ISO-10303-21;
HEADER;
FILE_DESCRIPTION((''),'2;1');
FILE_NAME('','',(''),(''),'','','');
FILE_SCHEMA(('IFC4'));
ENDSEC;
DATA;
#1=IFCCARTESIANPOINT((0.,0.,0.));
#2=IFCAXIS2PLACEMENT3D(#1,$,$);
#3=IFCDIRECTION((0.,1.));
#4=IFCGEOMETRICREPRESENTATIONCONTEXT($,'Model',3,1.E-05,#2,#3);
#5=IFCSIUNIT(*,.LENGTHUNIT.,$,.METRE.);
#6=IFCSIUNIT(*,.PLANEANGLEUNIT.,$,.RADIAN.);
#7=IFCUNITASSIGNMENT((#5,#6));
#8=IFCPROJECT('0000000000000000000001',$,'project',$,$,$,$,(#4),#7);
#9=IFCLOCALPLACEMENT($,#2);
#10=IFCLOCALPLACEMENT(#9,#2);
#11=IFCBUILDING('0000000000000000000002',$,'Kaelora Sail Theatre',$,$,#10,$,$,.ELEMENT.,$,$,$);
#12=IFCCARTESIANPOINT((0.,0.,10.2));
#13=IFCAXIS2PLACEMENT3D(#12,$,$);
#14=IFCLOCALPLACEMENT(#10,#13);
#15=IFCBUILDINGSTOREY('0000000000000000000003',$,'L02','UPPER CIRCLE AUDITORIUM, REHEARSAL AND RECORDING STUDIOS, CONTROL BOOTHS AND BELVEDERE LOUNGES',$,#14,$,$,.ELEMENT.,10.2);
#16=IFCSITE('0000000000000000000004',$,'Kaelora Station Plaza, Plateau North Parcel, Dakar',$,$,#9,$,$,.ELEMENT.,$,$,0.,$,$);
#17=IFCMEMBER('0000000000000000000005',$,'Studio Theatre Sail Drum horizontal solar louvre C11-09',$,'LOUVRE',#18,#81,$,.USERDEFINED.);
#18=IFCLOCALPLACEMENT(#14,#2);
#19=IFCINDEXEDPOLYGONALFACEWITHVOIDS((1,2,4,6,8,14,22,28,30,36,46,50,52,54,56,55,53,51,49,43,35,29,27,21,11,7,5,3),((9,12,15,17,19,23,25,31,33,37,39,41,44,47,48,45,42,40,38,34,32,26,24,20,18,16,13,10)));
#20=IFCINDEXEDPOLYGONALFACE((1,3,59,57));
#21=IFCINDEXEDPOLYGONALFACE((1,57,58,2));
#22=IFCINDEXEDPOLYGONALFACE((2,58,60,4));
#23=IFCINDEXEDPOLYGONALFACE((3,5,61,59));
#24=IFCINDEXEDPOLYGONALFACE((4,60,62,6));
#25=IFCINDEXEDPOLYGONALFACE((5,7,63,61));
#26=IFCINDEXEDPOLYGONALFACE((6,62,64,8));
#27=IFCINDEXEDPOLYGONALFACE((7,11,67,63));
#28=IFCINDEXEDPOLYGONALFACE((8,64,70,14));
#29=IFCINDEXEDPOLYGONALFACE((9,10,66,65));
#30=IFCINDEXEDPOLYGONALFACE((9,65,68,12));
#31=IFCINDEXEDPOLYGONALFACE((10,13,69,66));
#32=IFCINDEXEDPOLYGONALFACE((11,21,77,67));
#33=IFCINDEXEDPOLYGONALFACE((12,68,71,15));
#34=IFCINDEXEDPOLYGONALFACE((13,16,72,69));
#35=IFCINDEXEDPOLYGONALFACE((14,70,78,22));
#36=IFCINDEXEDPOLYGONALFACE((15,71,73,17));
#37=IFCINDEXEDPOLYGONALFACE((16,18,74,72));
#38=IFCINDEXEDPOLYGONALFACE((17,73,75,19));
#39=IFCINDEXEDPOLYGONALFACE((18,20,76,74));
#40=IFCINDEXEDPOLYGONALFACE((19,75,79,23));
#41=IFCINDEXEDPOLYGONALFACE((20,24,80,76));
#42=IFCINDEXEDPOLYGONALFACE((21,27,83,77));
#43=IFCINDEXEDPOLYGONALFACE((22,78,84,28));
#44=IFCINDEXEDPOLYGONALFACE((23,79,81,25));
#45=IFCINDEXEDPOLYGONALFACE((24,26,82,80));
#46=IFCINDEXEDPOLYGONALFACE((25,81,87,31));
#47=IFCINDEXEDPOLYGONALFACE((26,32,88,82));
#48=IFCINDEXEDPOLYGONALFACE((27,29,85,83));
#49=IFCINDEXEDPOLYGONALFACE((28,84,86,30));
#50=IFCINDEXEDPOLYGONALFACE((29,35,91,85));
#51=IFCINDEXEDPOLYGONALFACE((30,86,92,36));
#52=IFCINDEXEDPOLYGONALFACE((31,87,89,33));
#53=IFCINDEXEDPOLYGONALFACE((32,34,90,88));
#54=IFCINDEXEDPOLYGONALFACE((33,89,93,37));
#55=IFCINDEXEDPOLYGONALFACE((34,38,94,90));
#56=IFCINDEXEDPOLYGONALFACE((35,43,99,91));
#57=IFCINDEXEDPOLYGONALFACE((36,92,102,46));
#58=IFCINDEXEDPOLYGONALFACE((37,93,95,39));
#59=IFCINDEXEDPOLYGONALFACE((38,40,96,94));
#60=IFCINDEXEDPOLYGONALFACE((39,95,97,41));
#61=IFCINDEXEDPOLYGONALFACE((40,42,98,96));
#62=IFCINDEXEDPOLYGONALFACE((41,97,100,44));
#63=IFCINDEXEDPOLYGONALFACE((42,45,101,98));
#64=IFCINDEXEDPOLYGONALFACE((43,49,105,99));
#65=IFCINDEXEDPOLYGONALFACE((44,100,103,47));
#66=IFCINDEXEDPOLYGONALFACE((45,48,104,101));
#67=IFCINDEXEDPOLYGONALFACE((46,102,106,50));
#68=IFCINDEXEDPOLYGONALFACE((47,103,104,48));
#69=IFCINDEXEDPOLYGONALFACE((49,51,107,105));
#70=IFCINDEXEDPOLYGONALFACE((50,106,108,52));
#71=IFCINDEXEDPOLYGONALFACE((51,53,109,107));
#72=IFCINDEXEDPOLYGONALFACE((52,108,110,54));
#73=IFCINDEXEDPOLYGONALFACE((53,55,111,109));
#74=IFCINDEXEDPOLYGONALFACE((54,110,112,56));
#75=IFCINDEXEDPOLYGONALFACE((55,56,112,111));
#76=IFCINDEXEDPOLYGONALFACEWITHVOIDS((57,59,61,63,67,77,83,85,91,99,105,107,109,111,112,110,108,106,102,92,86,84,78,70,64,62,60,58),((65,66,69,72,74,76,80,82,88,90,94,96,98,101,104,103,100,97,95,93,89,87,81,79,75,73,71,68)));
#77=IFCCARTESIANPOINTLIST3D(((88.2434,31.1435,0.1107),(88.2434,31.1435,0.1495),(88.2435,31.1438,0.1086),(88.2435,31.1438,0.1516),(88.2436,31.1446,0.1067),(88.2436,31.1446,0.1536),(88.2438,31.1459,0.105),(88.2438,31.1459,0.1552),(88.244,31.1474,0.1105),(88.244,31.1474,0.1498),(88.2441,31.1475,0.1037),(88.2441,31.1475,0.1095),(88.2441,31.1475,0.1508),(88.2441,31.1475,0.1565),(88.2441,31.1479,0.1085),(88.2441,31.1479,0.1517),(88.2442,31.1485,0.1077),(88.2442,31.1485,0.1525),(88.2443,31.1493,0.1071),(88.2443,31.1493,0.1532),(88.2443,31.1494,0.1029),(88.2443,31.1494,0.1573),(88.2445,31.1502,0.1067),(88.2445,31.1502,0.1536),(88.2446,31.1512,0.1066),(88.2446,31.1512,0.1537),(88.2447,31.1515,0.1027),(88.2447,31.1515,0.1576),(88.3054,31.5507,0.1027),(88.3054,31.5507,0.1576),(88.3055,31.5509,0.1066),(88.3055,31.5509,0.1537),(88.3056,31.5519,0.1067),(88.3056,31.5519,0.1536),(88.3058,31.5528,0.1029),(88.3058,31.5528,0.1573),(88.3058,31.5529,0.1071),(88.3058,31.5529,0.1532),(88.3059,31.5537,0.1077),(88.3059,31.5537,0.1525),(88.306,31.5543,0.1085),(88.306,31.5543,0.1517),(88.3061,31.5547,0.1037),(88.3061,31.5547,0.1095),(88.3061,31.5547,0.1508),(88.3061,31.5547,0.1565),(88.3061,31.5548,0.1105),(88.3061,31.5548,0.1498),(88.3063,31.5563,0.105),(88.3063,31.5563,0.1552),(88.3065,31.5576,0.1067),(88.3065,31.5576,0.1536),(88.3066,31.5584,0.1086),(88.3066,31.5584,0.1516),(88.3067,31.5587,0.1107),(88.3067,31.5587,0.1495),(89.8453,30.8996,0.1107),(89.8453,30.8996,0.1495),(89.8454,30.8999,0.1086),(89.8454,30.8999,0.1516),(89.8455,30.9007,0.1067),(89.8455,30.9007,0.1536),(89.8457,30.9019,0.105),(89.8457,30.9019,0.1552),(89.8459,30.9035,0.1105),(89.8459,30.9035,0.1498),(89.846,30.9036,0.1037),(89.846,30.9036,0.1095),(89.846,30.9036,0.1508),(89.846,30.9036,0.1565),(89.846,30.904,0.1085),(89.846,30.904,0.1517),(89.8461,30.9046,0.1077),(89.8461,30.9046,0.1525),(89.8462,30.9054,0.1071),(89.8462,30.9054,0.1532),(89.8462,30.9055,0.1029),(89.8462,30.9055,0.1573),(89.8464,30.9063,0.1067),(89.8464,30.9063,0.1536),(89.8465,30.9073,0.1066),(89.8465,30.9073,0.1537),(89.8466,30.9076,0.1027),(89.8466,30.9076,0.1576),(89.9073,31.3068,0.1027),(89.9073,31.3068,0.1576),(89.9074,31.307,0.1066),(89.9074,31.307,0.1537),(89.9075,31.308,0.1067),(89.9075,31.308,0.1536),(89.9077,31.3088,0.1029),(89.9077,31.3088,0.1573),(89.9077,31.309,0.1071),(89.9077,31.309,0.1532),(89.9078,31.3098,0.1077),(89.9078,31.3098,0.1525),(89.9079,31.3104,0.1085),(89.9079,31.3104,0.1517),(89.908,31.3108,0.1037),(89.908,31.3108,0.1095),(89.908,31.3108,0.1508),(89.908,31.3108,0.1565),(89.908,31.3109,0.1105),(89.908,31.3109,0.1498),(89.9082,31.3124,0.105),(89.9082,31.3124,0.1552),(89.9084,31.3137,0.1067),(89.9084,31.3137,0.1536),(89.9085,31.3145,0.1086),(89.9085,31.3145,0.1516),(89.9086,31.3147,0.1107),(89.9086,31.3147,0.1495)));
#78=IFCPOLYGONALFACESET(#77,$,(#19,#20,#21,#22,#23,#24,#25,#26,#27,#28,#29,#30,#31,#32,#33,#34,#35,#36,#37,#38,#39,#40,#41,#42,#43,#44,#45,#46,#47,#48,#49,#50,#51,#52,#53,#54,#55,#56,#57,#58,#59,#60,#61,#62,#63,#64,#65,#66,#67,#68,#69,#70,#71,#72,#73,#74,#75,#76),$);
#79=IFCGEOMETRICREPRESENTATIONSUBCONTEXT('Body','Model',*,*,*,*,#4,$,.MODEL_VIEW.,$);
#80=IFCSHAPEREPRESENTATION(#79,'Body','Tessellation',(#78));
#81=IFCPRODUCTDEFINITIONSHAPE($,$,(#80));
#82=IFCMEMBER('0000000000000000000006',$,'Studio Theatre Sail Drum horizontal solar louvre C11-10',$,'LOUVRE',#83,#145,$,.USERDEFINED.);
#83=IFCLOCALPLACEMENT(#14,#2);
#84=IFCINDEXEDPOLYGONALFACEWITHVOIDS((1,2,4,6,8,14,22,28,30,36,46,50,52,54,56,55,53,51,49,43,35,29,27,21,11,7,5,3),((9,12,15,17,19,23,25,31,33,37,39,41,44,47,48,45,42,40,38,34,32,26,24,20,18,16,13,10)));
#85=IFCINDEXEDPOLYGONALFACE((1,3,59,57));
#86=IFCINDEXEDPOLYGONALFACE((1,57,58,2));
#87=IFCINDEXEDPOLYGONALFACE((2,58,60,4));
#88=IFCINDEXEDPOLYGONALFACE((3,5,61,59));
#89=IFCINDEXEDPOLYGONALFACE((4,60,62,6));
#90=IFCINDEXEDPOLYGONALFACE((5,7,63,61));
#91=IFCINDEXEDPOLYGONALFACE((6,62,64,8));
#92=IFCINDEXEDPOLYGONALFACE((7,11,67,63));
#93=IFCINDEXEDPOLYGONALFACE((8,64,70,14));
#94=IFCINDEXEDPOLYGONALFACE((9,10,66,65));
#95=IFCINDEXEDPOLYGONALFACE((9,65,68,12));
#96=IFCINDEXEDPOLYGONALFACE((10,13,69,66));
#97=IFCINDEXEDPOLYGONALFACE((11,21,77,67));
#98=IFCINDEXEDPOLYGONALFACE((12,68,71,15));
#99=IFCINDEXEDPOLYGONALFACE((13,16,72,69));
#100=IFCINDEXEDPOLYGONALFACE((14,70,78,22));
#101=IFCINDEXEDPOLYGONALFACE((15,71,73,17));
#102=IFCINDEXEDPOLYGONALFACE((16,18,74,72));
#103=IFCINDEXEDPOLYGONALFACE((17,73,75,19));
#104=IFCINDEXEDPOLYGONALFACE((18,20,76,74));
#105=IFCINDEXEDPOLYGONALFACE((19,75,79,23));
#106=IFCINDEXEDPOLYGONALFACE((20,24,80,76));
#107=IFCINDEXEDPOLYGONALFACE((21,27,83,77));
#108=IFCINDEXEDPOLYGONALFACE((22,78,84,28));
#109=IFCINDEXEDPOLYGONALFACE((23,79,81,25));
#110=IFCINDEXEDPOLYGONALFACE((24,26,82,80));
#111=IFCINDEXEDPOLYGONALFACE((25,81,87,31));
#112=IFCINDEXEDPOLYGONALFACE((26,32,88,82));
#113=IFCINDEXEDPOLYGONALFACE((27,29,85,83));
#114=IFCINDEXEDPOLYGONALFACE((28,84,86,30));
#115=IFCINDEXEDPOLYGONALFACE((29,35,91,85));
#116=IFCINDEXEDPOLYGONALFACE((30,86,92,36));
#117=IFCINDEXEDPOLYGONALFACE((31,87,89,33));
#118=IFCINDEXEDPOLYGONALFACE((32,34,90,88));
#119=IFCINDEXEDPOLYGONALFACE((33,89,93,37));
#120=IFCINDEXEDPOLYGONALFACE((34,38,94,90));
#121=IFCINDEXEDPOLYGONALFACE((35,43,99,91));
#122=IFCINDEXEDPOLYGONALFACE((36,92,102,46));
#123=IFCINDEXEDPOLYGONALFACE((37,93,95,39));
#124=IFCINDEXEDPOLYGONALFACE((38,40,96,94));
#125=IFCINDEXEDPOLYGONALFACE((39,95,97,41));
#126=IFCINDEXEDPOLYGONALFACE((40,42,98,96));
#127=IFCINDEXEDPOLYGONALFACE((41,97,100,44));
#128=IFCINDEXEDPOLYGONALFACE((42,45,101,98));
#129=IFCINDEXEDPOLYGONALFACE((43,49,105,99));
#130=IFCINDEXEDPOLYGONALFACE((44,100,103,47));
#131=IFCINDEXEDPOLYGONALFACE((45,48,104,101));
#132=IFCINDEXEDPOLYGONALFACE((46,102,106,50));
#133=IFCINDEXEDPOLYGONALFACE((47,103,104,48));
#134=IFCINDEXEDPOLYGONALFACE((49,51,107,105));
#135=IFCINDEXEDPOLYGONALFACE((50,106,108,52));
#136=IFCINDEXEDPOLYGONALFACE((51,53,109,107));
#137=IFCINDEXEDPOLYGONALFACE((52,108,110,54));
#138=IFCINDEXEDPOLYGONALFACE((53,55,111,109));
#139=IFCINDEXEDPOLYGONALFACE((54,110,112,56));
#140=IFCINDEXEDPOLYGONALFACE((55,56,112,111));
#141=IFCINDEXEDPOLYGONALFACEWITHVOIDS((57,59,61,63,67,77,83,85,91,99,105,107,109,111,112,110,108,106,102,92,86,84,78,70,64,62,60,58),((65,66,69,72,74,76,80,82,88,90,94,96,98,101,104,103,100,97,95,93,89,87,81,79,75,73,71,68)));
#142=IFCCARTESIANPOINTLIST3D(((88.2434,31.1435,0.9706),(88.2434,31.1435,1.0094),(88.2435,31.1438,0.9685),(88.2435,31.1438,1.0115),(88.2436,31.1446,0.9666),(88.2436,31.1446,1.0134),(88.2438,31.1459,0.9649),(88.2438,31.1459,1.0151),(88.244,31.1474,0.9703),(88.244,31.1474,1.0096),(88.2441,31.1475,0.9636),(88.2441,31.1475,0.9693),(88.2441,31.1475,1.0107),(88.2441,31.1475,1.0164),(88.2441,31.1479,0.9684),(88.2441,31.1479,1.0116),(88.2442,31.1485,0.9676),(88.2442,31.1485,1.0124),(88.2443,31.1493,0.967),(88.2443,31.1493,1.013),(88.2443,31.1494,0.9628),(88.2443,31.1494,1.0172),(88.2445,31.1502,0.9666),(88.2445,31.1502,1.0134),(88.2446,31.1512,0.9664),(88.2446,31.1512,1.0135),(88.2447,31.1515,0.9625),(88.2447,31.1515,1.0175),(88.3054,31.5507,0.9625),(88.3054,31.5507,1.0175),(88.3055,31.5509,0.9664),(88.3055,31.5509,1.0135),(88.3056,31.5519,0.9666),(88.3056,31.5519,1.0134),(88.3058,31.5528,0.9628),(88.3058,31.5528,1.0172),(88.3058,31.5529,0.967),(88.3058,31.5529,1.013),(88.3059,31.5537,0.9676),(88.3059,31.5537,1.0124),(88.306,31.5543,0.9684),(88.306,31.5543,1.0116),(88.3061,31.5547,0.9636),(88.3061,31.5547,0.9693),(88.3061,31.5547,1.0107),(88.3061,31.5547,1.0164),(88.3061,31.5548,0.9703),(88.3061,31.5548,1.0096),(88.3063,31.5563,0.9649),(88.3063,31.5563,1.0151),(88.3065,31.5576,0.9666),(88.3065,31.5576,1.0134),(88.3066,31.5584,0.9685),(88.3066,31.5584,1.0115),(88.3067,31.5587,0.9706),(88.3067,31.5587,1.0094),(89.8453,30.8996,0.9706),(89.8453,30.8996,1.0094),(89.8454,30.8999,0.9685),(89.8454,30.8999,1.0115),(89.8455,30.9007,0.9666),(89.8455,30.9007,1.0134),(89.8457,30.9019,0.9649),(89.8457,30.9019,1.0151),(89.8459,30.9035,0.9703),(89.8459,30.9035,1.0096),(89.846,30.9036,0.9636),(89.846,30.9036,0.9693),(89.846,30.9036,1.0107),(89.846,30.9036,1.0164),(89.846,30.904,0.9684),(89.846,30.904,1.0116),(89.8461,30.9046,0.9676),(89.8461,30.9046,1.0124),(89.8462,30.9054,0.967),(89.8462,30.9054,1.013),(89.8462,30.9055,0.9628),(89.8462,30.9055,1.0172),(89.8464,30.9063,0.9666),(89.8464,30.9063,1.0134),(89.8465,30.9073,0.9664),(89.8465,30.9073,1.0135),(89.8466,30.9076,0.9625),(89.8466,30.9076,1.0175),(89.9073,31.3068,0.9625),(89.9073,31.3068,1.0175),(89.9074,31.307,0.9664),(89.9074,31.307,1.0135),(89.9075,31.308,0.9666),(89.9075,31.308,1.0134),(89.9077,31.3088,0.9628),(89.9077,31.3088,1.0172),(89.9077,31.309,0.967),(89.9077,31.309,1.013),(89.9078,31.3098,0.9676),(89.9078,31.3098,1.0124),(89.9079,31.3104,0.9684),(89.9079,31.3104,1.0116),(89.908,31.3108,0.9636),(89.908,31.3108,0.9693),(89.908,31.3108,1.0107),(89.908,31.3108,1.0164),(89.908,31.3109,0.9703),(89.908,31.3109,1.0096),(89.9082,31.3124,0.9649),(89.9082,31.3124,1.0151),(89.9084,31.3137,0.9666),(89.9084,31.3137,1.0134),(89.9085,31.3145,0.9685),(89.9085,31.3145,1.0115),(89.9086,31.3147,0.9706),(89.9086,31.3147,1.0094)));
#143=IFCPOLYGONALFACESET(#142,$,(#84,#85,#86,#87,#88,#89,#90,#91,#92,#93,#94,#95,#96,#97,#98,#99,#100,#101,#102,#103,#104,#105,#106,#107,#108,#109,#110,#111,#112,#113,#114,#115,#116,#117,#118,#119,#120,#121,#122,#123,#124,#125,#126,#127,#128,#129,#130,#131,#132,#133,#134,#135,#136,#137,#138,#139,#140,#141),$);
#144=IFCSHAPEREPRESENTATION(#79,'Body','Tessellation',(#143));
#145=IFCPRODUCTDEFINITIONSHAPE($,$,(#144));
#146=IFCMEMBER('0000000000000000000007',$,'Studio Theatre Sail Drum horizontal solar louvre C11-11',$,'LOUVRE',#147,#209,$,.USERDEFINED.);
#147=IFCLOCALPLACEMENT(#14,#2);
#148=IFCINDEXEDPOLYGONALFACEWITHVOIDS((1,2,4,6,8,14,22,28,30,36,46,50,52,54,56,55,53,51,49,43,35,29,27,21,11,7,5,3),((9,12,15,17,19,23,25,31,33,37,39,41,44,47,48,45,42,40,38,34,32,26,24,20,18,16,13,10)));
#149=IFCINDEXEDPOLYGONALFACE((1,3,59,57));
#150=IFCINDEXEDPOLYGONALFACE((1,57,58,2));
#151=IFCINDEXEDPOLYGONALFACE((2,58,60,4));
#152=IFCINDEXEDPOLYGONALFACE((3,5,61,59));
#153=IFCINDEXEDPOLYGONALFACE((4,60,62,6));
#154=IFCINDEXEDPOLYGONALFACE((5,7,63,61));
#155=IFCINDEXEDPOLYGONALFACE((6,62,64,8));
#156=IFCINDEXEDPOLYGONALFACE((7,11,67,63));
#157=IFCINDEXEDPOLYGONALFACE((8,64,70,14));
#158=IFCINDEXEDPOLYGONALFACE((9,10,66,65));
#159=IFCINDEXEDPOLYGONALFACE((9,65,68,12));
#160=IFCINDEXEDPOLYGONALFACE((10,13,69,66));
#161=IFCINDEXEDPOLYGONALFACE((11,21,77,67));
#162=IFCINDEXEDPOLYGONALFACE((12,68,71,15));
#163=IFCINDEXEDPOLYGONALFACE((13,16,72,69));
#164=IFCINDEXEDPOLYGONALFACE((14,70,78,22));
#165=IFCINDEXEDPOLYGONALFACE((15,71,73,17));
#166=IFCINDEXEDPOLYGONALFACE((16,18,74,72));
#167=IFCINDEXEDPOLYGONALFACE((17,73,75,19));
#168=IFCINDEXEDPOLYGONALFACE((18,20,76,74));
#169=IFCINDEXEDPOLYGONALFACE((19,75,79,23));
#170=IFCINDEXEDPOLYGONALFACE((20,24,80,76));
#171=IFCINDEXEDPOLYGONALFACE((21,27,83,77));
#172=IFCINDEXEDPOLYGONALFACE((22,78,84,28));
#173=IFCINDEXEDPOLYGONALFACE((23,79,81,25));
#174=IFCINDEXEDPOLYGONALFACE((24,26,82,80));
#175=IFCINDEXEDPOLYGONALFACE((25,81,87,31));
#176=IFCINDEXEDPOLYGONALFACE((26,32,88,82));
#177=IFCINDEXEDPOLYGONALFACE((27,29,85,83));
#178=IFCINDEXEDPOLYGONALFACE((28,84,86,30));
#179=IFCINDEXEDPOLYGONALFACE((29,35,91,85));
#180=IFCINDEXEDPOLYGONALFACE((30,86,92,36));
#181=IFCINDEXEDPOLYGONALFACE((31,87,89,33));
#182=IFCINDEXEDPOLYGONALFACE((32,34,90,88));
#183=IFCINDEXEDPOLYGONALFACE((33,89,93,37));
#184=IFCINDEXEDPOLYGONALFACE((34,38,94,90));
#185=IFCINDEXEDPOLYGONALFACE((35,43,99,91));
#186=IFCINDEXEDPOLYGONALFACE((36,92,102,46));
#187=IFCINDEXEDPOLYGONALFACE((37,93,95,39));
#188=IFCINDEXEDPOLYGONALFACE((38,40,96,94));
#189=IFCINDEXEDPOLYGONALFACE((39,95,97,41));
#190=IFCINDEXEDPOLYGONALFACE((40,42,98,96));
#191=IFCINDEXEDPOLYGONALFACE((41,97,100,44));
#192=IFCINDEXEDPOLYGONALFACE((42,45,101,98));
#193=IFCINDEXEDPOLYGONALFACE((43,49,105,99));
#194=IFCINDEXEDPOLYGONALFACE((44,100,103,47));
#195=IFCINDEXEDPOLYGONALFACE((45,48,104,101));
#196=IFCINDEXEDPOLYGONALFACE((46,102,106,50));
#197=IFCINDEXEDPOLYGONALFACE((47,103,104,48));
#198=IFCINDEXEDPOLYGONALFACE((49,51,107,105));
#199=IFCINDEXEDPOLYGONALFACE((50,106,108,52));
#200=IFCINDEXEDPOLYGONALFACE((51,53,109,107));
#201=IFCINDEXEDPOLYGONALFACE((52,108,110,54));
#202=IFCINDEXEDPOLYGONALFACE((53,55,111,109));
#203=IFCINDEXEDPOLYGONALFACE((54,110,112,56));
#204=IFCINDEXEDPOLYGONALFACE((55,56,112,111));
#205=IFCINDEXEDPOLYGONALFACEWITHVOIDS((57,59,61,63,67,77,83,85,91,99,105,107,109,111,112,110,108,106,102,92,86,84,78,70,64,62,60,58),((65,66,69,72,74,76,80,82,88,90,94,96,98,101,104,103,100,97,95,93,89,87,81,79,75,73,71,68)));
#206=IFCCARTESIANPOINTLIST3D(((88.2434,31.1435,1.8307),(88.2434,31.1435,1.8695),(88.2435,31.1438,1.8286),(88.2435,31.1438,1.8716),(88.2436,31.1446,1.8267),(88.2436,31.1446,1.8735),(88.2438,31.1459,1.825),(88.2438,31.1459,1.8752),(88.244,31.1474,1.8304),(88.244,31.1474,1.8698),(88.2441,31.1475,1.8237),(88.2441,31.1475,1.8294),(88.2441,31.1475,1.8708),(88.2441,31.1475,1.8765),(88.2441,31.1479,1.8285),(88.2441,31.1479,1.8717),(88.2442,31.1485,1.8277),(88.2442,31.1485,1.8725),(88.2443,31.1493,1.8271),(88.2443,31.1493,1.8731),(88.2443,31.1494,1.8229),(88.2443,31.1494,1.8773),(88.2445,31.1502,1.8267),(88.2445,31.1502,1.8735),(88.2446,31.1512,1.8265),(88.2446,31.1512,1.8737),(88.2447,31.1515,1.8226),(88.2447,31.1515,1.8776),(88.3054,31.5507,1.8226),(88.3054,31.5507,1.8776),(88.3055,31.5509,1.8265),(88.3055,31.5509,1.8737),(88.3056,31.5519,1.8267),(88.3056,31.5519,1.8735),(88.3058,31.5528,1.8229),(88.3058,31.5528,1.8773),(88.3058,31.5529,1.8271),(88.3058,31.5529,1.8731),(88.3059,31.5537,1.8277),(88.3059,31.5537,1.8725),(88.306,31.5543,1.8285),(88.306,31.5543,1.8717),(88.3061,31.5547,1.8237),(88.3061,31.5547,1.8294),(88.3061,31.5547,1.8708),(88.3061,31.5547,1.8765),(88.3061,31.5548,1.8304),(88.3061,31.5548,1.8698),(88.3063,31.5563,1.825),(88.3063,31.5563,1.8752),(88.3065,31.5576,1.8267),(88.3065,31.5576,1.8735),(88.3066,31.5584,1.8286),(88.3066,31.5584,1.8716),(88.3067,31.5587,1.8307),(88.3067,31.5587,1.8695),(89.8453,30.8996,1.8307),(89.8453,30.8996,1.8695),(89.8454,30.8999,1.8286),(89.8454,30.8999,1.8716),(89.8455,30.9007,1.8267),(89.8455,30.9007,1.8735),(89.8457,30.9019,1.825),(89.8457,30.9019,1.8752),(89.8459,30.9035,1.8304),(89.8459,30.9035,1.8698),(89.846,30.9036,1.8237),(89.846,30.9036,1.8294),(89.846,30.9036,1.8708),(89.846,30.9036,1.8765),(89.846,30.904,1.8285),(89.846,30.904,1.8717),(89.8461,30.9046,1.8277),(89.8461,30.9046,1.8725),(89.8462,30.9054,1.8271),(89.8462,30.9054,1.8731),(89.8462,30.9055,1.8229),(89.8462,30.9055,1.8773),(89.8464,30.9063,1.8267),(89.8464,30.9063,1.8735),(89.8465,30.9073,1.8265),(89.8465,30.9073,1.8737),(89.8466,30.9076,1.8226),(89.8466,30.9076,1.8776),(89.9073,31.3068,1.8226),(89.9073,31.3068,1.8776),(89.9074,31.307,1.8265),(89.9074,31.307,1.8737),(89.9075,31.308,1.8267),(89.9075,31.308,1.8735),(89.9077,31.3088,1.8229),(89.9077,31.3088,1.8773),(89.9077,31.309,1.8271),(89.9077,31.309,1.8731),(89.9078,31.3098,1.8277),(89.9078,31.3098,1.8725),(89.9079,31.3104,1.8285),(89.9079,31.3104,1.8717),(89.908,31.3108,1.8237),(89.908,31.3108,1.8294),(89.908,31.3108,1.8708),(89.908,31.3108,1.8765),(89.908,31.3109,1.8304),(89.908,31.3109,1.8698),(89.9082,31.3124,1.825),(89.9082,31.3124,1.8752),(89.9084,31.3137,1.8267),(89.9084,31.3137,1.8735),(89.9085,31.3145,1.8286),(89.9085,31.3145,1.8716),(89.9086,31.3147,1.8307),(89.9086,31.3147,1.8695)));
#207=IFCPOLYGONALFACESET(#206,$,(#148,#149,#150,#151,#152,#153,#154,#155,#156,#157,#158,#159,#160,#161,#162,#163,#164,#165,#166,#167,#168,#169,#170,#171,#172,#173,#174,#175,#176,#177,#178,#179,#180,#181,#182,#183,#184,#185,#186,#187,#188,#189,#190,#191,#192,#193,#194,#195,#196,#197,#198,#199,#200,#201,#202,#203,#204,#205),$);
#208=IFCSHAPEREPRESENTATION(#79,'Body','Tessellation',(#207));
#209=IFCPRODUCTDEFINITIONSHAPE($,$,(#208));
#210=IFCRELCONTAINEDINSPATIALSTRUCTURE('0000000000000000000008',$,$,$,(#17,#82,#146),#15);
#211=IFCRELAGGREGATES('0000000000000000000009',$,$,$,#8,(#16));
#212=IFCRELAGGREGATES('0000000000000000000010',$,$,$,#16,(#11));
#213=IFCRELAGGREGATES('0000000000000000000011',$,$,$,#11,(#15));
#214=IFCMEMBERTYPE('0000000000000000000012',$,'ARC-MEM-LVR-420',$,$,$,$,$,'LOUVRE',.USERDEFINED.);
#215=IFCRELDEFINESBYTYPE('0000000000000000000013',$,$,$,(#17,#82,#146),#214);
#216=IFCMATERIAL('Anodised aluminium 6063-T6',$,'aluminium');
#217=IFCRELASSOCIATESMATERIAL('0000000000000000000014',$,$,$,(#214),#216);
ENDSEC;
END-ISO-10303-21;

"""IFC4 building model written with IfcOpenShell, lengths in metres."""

from ifc_helpers import new_model, si_unit, direction, frame, origin, origin_2d, place, context, subcontext, project, spatial, hollow_rectangle, extrude, material, material_profile, profile_set, type_object, element, save


model = new_model("IFC4")

# Units and contexts
model_context = context("Model", 3, precision=1e-05, world=origin(), true_north=direction((0.0, 1.0)))
body_context = subcontext(model_context, "Body", "Model", "MODEL_VIEW")
ifc_project = project(units=[si_unit("LENGTHUNIT", "METRE"), si_unit("PLANEANGLEUNIT", "RADIAN")], contexts=[model_context])

# Site, building, storey
site_placement = place(None, origin())
site = spatial("IfcSite", under=ifc_project, at=site_placement, Name="Kaelora Station Plaza, Plateau North Parcel, Dakar", CompositionType="ELEMENT", RefElevation=0.0)
building_placement = place(site_placement, origin())
building = spatial("IfcBuilding", under=site, at=building_placement, Name="Kaelora Sail Theatre", CompositionType="ELEMENT")
storey_placement = place(building_placement, frame((0.0, 0.0, 10.2)))
storey = spatial("IfcBuildingStorey", under=building, at=storey_placement, Name="L02", Description="UPPER CIRCLE AUDITORIUM, REHEARSAL AND RECORDING STUDIOS, CONTROL BOOTHS AND BELVEDERE LOUNGES", CompositionType="ELEMENT", Elevation=10.2)

# Members
ifc_material_1 = material(Name="Anodised aluminium 6063-T6", Category="aluminium")
ifc_material_profile_1 = material_profile(ifc_material_1, hollow_rectangle(XDim=0.4199, YDim=0.0549, WallThickness=0.0039, InnerFilletRadius=0.0039, OuterFilletRadius=0.0081, at=origin_2d()), Name="LOUVRE 420x55x4")
ifc_profile_set_1 = profile_set([ifc_material_profile_1], Name="Anodised aluminium 6063-T6")
member_type = type_object("IfcMemberType", Name="ARC-MEM-LVR-420", ElementType="LOUVRE", PredefinedType="USERDEFINED", material=ifc_profile_set_1)
for number, where, z_axis, x_axis, name in (
    (1, (89.877, 31.1072, 0.1301), (-0.988606, 0.150528, 0.0), (-0.150528, -0.988606, 0.0), "Studio Theatre Sail Drum horizontal solar louvre C11-09"),
    (2, (89.877, 31.1072, 0.99), (-0.988606, 0.150528, 0.0), (-0.150528, -0.988606, 0.0), "Studio Theatre Sail Drum horizontal solar louvre C11-10"),
    (3, (89.877, 31.1072, 1.8501), (-0.988606, 0.150528, 0.0), (-0.150528, -0.988606, 0.0), "Studio Theatre Sail Drum horizontal solar louvre C11-11"),
):
    element("IfcMember", number, at=place(storey_placement, frame(where, z_axis=z_axis, x_axis=x_axis)), inside=storey, type_object=member_type, Name=name, ObjectType="LOUVRE", PredefinedType="USERDEFINED", context=body_context, shape_type="SweptSolid", body=[
        extrude(hollow_rectangle(XDim=0.4199, YDim=0.0549, WallThickness=0.0039, InnerFilletRadius=0.0039, OuterFilletRadius=0.0081, at=origin_2d()), origin(), (0.0, 0.0, 1.0), 1.6204),
    ])

save(model, "model.ifc")
